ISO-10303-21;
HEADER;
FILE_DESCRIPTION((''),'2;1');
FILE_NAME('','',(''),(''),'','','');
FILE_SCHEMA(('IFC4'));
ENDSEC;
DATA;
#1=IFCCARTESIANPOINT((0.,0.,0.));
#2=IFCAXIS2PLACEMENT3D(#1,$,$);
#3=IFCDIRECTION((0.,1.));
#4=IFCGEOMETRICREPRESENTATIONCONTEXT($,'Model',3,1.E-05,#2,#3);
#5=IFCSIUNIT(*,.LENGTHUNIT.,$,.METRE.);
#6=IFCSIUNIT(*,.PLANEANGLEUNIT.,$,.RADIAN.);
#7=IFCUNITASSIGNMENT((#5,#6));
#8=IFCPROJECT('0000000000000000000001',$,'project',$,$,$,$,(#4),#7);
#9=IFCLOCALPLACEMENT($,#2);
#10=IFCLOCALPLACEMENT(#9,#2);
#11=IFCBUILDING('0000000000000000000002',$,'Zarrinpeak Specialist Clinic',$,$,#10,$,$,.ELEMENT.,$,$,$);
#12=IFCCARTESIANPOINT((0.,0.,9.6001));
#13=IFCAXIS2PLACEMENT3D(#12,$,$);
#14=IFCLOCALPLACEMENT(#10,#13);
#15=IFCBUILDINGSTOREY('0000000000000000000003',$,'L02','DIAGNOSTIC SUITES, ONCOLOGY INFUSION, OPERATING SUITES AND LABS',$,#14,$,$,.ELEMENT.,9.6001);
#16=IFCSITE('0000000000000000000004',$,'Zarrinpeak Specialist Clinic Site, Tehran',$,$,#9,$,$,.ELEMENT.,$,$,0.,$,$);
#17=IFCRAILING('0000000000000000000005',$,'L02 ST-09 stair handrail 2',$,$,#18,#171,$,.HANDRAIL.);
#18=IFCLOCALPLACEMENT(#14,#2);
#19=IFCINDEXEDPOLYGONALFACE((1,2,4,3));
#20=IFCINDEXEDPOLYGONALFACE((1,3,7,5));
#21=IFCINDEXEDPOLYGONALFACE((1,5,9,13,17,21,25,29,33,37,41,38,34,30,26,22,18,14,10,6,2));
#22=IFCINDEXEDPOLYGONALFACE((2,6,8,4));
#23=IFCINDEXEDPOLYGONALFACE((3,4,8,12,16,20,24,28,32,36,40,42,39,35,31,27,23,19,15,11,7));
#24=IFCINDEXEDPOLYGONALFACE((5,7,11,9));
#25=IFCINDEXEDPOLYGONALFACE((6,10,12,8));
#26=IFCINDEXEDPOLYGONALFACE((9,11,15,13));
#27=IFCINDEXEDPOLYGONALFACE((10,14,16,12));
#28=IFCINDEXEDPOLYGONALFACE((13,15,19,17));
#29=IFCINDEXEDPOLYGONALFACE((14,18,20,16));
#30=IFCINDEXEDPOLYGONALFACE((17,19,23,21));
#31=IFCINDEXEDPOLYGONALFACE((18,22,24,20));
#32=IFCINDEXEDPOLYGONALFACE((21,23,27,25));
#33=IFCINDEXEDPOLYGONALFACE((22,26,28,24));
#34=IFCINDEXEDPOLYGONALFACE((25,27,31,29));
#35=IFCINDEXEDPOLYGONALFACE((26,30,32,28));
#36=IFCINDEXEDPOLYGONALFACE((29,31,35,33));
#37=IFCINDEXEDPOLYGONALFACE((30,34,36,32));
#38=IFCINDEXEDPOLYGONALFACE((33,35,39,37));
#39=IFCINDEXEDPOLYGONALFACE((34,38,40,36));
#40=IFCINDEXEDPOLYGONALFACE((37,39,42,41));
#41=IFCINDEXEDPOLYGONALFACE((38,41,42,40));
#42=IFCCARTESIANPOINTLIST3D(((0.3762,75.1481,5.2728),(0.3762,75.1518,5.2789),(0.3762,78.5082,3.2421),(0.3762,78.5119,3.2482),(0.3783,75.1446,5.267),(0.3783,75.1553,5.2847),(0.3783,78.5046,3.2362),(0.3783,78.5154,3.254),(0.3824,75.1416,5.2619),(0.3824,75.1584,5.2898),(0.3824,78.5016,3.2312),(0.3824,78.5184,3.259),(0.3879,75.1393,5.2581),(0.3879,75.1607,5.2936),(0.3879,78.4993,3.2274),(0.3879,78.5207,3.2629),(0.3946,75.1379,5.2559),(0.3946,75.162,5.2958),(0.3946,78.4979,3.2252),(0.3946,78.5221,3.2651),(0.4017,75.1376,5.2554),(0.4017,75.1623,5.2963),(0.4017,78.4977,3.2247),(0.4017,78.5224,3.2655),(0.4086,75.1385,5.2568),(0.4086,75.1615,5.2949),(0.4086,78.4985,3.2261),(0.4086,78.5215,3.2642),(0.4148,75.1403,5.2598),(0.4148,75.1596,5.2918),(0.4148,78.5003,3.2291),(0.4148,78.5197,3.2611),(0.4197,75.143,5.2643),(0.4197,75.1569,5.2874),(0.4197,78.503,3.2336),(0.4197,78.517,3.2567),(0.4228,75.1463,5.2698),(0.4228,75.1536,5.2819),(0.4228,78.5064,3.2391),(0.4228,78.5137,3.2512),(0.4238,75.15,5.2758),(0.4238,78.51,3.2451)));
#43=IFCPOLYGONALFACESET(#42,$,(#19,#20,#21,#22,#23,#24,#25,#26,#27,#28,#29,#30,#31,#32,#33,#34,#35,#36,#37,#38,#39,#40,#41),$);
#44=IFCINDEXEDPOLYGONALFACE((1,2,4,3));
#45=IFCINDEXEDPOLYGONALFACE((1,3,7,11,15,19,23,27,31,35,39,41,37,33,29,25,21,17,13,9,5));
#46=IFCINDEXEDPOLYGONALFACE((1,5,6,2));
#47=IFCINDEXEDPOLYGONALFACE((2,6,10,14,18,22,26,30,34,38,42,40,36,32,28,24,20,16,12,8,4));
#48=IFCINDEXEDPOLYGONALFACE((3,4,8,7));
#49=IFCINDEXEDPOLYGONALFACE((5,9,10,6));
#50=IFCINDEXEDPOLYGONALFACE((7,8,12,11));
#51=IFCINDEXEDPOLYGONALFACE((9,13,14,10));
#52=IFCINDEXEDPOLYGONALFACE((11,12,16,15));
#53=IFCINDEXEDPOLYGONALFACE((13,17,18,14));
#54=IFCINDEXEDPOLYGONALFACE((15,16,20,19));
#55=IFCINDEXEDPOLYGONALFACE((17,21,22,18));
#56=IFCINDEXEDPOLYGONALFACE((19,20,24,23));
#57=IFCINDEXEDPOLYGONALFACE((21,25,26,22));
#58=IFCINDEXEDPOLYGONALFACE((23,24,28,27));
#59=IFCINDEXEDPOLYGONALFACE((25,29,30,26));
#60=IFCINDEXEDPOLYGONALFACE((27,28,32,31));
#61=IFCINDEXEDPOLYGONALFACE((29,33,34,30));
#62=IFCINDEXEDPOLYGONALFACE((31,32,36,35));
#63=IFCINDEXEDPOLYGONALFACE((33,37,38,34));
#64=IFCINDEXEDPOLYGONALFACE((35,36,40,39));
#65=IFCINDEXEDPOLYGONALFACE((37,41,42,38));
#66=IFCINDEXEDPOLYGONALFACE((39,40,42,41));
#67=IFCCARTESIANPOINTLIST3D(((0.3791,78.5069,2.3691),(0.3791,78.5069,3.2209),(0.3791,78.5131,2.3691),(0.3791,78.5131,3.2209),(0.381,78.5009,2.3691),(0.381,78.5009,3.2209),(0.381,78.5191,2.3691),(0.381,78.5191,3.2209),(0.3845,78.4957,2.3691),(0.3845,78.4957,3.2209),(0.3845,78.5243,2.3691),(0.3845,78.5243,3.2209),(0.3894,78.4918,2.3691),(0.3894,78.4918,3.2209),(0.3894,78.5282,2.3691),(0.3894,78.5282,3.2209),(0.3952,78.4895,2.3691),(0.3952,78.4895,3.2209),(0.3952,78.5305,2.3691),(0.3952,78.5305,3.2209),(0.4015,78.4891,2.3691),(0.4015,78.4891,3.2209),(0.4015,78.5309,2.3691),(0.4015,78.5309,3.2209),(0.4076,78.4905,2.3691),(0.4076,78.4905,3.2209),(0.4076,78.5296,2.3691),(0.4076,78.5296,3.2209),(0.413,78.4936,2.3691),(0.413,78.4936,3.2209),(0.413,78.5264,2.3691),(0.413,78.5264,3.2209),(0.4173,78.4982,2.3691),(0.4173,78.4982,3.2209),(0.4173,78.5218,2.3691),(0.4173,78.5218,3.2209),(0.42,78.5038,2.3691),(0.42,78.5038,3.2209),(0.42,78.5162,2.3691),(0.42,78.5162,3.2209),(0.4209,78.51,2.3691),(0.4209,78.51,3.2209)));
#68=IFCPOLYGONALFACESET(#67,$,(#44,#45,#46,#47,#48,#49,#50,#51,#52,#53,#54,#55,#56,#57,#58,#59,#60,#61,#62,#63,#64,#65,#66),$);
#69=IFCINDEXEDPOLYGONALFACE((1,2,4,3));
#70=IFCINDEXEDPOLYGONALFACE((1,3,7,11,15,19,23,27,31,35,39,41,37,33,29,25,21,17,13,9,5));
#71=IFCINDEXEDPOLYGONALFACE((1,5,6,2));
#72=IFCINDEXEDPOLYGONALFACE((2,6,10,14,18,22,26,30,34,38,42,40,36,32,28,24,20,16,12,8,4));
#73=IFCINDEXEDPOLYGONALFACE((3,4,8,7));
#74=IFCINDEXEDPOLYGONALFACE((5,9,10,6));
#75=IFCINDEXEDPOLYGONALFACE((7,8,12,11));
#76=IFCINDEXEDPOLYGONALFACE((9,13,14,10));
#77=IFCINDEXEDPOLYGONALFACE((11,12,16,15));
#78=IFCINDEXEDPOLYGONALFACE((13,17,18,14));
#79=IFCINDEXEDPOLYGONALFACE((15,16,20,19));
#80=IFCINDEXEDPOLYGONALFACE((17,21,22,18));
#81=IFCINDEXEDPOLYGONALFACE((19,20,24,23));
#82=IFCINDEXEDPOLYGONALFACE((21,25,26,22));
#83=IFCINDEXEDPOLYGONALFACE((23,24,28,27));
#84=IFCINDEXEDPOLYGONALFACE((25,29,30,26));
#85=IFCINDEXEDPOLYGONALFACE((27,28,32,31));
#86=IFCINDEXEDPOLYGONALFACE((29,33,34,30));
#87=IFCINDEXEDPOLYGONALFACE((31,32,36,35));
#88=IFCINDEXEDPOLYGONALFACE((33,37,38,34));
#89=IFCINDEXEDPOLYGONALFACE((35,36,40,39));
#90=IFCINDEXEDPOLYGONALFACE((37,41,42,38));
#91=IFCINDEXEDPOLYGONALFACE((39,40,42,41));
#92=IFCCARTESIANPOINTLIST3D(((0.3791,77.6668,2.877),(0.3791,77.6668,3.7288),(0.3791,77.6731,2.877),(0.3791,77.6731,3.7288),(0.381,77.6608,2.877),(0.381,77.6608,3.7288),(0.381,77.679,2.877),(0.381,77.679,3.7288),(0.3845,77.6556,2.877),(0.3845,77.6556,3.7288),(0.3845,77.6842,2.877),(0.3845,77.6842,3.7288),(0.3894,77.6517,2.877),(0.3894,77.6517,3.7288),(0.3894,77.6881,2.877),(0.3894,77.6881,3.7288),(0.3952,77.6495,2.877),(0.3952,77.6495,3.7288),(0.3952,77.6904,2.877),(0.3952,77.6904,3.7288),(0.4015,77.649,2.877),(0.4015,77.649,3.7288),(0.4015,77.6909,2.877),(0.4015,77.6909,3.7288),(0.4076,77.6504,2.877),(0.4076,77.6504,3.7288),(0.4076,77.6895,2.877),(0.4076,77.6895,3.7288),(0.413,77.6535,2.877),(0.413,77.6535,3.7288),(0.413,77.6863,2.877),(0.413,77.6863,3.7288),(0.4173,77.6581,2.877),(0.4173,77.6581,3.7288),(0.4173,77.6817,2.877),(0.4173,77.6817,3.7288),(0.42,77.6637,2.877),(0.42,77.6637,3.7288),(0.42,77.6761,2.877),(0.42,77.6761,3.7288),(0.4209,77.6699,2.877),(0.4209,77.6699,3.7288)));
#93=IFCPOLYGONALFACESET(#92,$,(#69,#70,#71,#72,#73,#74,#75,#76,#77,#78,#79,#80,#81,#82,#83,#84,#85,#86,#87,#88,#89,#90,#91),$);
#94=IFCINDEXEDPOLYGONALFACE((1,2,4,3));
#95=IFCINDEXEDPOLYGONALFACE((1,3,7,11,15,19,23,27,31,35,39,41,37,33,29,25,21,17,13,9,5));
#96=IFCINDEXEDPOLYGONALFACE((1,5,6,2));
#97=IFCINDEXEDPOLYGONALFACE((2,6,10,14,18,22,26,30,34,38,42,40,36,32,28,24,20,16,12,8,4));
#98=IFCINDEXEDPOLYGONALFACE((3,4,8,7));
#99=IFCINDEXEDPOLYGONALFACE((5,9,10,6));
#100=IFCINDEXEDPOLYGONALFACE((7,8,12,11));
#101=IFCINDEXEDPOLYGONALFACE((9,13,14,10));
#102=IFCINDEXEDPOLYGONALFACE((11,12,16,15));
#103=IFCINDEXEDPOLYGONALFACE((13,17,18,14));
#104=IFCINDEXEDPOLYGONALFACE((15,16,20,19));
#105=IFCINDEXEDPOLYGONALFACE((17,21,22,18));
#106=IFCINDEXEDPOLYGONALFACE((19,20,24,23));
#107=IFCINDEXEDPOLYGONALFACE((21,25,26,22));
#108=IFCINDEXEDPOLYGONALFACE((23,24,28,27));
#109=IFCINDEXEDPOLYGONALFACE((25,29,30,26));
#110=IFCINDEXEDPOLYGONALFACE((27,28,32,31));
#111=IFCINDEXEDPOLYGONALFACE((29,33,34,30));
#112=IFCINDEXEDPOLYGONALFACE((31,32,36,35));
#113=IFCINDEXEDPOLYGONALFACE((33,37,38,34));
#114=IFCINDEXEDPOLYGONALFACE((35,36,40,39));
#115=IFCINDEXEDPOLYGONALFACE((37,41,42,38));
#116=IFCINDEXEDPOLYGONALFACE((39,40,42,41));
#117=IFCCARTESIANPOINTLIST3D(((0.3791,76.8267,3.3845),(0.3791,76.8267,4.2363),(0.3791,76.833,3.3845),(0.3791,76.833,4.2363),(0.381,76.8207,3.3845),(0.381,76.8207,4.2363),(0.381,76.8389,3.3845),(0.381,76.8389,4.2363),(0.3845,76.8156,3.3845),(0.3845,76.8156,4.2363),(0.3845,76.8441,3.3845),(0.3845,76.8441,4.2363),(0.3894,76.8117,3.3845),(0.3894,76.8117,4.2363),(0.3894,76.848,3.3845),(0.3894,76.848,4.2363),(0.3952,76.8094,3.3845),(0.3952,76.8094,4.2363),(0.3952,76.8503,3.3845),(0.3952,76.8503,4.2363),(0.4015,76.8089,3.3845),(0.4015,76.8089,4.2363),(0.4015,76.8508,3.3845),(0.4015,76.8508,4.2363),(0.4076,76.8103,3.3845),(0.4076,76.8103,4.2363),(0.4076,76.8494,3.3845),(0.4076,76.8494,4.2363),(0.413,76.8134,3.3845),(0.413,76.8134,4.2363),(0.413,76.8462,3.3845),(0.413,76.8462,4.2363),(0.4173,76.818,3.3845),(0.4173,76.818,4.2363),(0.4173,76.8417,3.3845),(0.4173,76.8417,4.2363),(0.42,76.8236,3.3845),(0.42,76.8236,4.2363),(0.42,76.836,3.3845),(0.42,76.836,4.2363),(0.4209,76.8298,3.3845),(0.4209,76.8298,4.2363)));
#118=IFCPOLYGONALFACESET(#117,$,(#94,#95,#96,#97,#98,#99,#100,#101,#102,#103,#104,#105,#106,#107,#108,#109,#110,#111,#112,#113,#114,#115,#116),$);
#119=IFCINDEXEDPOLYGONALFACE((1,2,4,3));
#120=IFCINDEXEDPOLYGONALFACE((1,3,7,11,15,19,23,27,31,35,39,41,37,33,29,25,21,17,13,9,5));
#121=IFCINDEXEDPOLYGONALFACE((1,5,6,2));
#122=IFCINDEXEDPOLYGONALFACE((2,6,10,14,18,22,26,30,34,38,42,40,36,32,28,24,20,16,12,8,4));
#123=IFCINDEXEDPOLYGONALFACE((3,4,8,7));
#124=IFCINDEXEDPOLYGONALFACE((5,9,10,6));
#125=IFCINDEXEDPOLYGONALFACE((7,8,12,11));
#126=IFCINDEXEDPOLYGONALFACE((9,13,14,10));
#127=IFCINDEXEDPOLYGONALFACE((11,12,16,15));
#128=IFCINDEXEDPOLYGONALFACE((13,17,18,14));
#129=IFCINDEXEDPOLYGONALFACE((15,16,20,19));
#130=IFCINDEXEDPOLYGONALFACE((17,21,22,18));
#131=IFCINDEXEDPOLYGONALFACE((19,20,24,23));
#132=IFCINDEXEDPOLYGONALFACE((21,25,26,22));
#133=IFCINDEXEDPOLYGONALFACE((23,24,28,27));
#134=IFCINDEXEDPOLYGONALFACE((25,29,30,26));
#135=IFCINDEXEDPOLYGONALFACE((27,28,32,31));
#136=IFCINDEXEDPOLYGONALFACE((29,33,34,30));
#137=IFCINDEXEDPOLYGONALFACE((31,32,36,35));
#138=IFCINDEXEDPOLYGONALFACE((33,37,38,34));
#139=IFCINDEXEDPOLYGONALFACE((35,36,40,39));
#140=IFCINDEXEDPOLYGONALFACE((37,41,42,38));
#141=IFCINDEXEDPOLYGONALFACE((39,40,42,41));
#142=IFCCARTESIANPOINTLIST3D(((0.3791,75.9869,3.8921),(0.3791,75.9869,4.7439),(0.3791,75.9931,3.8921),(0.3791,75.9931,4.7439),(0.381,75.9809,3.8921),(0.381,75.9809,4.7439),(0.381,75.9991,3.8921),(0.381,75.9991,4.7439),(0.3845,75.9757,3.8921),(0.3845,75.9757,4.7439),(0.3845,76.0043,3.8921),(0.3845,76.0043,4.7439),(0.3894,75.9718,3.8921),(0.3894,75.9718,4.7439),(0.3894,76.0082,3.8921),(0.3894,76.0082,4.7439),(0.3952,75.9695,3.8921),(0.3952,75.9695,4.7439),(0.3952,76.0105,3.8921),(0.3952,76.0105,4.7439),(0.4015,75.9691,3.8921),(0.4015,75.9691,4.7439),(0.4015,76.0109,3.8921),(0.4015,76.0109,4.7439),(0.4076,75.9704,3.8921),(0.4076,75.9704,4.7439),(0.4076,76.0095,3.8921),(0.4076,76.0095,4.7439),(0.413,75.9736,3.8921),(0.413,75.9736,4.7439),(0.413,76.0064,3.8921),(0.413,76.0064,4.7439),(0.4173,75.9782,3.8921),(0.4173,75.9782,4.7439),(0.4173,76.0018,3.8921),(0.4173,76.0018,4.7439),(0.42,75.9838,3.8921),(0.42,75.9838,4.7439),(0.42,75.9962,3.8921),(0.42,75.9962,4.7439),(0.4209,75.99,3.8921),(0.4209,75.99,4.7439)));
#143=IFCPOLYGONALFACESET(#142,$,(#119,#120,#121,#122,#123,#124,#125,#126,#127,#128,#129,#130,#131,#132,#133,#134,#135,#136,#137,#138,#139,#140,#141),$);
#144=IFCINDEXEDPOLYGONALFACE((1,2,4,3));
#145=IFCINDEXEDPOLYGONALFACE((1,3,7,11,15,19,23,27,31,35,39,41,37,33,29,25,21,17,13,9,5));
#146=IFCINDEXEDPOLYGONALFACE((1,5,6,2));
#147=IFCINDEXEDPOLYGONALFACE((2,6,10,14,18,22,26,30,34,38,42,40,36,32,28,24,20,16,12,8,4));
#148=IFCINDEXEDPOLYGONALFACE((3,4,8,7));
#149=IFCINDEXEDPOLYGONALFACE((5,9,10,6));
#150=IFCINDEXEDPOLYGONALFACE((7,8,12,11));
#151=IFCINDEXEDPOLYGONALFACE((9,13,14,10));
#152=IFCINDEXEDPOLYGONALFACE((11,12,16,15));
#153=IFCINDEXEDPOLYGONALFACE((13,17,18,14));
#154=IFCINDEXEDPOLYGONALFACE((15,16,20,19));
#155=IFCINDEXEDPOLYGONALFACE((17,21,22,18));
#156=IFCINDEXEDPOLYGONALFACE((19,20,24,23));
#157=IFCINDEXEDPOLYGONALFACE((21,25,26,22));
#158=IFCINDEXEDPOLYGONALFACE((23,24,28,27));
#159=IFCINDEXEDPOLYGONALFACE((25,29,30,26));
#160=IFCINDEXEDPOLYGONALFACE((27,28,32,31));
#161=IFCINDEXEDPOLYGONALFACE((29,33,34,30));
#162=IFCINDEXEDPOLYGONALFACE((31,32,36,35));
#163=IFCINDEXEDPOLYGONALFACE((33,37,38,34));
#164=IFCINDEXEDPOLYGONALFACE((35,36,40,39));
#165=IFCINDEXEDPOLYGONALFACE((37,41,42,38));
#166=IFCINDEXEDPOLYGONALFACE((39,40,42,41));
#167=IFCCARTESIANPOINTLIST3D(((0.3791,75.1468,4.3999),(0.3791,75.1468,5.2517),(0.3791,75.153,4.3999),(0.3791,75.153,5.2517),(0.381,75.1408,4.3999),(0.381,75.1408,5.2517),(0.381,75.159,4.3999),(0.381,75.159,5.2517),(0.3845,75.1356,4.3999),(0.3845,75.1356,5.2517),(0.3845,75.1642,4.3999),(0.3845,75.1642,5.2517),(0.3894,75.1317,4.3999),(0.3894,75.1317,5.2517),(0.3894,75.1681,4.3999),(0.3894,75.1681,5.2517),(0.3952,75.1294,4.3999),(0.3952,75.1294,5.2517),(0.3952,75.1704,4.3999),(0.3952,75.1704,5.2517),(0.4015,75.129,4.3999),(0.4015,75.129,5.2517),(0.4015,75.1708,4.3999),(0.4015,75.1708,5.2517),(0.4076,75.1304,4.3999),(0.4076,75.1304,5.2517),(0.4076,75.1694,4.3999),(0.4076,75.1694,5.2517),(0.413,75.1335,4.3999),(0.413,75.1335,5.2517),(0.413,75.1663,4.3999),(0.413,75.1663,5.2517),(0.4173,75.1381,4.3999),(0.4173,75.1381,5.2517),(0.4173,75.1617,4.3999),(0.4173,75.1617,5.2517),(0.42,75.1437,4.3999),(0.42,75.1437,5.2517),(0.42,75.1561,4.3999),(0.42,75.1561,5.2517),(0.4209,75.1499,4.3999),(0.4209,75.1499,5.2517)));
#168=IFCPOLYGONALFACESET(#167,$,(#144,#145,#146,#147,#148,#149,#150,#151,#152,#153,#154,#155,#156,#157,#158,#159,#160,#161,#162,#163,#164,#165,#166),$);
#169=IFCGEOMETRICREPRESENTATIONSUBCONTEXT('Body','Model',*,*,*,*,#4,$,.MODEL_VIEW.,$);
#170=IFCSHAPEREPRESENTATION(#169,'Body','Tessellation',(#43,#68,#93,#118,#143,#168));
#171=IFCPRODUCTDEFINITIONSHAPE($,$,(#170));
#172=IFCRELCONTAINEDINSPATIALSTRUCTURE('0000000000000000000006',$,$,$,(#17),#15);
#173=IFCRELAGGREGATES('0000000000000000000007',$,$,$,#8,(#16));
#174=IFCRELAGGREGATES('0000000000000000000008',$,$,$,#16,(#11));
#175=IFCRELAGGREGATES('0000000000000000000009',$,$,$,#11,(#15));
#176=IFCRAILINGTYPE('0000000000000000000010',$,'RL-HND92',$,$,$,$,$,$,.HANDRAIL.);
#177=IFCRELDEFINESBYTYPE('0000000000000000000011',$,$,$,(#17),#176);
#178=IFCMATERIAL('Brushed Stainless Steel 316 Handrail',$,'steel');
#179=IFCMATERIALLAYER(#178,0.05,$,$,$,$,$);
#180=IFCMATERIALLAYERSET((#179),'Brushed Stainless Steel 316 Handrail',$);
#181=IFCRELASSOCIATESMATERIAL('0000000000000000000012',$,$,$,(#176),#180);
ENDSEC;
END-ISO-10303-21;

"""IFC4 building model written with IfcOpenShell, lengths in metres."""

from ifc_helpers import new_model, si_unit, direction, frame, origin, origin_2d, place, context, subcontext, project, spatial, circle, extrude, material, layer, layer_set, type_object, element, save


model = new_model("IFC4")

# Units and contexts
model_context = context("Model", 3, precision=1e-05, world=origin(), true_north=direction((0.0, 1.0)))
body_context = subcontext(model_context, "Body", "Model", "MODEL_VIEW")
ifc_project = project(units=[si_unit("LENGTHUNIT", "METRE"), si_unit("PLANEANGLEUNIT", "RADIAN")], contexts=[model_context])

# Site, building, storey
site_placement = place(None, origin())
site = spatial("IfcSite", under=ifc_project, at=site_placement, Name="Zarrinpeak Specialist Clinic Site, Tehran", CompositionType="ELEMENT", RefElevation=0.0)
building_placement = place(site_placement, origin())
building = spatial("IfcBuilding", under=site, at=building_placement, Name="Zarrinpeak Specialist Clinic", CompositionType="ELEMENT")
storey_placement = place(building_placement, frame((0.0, 0.0, 9.6001)))
storey = spatial("IfcBuildingStorey", under=building, at=storey_placement, Name="L02", Description="DIAGNOSTIC SUITES, ONCOLOGY INFUSION, OPERATING SUITES AND LABS", CompositionType="ELEMENT", Elevation=9.6001)

# Railing
ifc_material_1 = material(Name="Brushed Stainless Steel 316 Handrail", Category="steel")
ifc_layer_1 = layer(ifc_material_1, 0.05)
ifc_layer_set_1 = layer_set([ifc_layer_1], Name="Brushed Stainless Steel 316 Handrail")
railing_type_1 = type_object("IfcRailingType", Name="RL-HND92", PredefinedType="HANDRAIL", material=ifc_layer_set_1)
railing_1_placement = place(storey_placement, frame((0.3999, 78.51, 2.3691)))
element("IfcRailing", 1, at=railing_1_placement, inside=storey, type_object=railing_type_1, Name="L02 ST-09 stair handrail 2", PredefinedType="HANDRAIL", context=body_context, shape_type="SweptSolid", body=[
    extrude(circle(Radius=0.0239, at=origin_2d()), frame((0.0, 0.0, 0.876), z_axis=(0.0, -0.855837, 0.517246), x_axis=(1.0, 0.0, 0.0)), (0.0, 0.0, 1.0), 3.926),
    extrude(circle(Radius=0.021, at=origin_2d()), origin(), (0.0, 0.0, 1.0), 0.8518),
    extrude(circle(Radius=0.021, at=origin_2d()), frame((0.0, -0.8401, 0.5078)), (0.0, 0.0, 1.0), 0.8518),
    extrude(circle(Radius=0.021, at=origin_2d()), frame((0.0, -1.6802, 1.0154)), (0.0, 0.0, 1.0), 0.8518),
    extrude(circle(Radius=0.021, at=origin_2d()), frame((0.0, -2.52, 1.5229)), (0.0, 0.0, 1.0), 0.8518),
    extrude(circle(Radius=0.021, at=origin_2d()), frame((0.0, -3.3601, 2.0308)), (0.0, 0.0, 1.0), 0.8518),
])

save(model, "model.ifc")
